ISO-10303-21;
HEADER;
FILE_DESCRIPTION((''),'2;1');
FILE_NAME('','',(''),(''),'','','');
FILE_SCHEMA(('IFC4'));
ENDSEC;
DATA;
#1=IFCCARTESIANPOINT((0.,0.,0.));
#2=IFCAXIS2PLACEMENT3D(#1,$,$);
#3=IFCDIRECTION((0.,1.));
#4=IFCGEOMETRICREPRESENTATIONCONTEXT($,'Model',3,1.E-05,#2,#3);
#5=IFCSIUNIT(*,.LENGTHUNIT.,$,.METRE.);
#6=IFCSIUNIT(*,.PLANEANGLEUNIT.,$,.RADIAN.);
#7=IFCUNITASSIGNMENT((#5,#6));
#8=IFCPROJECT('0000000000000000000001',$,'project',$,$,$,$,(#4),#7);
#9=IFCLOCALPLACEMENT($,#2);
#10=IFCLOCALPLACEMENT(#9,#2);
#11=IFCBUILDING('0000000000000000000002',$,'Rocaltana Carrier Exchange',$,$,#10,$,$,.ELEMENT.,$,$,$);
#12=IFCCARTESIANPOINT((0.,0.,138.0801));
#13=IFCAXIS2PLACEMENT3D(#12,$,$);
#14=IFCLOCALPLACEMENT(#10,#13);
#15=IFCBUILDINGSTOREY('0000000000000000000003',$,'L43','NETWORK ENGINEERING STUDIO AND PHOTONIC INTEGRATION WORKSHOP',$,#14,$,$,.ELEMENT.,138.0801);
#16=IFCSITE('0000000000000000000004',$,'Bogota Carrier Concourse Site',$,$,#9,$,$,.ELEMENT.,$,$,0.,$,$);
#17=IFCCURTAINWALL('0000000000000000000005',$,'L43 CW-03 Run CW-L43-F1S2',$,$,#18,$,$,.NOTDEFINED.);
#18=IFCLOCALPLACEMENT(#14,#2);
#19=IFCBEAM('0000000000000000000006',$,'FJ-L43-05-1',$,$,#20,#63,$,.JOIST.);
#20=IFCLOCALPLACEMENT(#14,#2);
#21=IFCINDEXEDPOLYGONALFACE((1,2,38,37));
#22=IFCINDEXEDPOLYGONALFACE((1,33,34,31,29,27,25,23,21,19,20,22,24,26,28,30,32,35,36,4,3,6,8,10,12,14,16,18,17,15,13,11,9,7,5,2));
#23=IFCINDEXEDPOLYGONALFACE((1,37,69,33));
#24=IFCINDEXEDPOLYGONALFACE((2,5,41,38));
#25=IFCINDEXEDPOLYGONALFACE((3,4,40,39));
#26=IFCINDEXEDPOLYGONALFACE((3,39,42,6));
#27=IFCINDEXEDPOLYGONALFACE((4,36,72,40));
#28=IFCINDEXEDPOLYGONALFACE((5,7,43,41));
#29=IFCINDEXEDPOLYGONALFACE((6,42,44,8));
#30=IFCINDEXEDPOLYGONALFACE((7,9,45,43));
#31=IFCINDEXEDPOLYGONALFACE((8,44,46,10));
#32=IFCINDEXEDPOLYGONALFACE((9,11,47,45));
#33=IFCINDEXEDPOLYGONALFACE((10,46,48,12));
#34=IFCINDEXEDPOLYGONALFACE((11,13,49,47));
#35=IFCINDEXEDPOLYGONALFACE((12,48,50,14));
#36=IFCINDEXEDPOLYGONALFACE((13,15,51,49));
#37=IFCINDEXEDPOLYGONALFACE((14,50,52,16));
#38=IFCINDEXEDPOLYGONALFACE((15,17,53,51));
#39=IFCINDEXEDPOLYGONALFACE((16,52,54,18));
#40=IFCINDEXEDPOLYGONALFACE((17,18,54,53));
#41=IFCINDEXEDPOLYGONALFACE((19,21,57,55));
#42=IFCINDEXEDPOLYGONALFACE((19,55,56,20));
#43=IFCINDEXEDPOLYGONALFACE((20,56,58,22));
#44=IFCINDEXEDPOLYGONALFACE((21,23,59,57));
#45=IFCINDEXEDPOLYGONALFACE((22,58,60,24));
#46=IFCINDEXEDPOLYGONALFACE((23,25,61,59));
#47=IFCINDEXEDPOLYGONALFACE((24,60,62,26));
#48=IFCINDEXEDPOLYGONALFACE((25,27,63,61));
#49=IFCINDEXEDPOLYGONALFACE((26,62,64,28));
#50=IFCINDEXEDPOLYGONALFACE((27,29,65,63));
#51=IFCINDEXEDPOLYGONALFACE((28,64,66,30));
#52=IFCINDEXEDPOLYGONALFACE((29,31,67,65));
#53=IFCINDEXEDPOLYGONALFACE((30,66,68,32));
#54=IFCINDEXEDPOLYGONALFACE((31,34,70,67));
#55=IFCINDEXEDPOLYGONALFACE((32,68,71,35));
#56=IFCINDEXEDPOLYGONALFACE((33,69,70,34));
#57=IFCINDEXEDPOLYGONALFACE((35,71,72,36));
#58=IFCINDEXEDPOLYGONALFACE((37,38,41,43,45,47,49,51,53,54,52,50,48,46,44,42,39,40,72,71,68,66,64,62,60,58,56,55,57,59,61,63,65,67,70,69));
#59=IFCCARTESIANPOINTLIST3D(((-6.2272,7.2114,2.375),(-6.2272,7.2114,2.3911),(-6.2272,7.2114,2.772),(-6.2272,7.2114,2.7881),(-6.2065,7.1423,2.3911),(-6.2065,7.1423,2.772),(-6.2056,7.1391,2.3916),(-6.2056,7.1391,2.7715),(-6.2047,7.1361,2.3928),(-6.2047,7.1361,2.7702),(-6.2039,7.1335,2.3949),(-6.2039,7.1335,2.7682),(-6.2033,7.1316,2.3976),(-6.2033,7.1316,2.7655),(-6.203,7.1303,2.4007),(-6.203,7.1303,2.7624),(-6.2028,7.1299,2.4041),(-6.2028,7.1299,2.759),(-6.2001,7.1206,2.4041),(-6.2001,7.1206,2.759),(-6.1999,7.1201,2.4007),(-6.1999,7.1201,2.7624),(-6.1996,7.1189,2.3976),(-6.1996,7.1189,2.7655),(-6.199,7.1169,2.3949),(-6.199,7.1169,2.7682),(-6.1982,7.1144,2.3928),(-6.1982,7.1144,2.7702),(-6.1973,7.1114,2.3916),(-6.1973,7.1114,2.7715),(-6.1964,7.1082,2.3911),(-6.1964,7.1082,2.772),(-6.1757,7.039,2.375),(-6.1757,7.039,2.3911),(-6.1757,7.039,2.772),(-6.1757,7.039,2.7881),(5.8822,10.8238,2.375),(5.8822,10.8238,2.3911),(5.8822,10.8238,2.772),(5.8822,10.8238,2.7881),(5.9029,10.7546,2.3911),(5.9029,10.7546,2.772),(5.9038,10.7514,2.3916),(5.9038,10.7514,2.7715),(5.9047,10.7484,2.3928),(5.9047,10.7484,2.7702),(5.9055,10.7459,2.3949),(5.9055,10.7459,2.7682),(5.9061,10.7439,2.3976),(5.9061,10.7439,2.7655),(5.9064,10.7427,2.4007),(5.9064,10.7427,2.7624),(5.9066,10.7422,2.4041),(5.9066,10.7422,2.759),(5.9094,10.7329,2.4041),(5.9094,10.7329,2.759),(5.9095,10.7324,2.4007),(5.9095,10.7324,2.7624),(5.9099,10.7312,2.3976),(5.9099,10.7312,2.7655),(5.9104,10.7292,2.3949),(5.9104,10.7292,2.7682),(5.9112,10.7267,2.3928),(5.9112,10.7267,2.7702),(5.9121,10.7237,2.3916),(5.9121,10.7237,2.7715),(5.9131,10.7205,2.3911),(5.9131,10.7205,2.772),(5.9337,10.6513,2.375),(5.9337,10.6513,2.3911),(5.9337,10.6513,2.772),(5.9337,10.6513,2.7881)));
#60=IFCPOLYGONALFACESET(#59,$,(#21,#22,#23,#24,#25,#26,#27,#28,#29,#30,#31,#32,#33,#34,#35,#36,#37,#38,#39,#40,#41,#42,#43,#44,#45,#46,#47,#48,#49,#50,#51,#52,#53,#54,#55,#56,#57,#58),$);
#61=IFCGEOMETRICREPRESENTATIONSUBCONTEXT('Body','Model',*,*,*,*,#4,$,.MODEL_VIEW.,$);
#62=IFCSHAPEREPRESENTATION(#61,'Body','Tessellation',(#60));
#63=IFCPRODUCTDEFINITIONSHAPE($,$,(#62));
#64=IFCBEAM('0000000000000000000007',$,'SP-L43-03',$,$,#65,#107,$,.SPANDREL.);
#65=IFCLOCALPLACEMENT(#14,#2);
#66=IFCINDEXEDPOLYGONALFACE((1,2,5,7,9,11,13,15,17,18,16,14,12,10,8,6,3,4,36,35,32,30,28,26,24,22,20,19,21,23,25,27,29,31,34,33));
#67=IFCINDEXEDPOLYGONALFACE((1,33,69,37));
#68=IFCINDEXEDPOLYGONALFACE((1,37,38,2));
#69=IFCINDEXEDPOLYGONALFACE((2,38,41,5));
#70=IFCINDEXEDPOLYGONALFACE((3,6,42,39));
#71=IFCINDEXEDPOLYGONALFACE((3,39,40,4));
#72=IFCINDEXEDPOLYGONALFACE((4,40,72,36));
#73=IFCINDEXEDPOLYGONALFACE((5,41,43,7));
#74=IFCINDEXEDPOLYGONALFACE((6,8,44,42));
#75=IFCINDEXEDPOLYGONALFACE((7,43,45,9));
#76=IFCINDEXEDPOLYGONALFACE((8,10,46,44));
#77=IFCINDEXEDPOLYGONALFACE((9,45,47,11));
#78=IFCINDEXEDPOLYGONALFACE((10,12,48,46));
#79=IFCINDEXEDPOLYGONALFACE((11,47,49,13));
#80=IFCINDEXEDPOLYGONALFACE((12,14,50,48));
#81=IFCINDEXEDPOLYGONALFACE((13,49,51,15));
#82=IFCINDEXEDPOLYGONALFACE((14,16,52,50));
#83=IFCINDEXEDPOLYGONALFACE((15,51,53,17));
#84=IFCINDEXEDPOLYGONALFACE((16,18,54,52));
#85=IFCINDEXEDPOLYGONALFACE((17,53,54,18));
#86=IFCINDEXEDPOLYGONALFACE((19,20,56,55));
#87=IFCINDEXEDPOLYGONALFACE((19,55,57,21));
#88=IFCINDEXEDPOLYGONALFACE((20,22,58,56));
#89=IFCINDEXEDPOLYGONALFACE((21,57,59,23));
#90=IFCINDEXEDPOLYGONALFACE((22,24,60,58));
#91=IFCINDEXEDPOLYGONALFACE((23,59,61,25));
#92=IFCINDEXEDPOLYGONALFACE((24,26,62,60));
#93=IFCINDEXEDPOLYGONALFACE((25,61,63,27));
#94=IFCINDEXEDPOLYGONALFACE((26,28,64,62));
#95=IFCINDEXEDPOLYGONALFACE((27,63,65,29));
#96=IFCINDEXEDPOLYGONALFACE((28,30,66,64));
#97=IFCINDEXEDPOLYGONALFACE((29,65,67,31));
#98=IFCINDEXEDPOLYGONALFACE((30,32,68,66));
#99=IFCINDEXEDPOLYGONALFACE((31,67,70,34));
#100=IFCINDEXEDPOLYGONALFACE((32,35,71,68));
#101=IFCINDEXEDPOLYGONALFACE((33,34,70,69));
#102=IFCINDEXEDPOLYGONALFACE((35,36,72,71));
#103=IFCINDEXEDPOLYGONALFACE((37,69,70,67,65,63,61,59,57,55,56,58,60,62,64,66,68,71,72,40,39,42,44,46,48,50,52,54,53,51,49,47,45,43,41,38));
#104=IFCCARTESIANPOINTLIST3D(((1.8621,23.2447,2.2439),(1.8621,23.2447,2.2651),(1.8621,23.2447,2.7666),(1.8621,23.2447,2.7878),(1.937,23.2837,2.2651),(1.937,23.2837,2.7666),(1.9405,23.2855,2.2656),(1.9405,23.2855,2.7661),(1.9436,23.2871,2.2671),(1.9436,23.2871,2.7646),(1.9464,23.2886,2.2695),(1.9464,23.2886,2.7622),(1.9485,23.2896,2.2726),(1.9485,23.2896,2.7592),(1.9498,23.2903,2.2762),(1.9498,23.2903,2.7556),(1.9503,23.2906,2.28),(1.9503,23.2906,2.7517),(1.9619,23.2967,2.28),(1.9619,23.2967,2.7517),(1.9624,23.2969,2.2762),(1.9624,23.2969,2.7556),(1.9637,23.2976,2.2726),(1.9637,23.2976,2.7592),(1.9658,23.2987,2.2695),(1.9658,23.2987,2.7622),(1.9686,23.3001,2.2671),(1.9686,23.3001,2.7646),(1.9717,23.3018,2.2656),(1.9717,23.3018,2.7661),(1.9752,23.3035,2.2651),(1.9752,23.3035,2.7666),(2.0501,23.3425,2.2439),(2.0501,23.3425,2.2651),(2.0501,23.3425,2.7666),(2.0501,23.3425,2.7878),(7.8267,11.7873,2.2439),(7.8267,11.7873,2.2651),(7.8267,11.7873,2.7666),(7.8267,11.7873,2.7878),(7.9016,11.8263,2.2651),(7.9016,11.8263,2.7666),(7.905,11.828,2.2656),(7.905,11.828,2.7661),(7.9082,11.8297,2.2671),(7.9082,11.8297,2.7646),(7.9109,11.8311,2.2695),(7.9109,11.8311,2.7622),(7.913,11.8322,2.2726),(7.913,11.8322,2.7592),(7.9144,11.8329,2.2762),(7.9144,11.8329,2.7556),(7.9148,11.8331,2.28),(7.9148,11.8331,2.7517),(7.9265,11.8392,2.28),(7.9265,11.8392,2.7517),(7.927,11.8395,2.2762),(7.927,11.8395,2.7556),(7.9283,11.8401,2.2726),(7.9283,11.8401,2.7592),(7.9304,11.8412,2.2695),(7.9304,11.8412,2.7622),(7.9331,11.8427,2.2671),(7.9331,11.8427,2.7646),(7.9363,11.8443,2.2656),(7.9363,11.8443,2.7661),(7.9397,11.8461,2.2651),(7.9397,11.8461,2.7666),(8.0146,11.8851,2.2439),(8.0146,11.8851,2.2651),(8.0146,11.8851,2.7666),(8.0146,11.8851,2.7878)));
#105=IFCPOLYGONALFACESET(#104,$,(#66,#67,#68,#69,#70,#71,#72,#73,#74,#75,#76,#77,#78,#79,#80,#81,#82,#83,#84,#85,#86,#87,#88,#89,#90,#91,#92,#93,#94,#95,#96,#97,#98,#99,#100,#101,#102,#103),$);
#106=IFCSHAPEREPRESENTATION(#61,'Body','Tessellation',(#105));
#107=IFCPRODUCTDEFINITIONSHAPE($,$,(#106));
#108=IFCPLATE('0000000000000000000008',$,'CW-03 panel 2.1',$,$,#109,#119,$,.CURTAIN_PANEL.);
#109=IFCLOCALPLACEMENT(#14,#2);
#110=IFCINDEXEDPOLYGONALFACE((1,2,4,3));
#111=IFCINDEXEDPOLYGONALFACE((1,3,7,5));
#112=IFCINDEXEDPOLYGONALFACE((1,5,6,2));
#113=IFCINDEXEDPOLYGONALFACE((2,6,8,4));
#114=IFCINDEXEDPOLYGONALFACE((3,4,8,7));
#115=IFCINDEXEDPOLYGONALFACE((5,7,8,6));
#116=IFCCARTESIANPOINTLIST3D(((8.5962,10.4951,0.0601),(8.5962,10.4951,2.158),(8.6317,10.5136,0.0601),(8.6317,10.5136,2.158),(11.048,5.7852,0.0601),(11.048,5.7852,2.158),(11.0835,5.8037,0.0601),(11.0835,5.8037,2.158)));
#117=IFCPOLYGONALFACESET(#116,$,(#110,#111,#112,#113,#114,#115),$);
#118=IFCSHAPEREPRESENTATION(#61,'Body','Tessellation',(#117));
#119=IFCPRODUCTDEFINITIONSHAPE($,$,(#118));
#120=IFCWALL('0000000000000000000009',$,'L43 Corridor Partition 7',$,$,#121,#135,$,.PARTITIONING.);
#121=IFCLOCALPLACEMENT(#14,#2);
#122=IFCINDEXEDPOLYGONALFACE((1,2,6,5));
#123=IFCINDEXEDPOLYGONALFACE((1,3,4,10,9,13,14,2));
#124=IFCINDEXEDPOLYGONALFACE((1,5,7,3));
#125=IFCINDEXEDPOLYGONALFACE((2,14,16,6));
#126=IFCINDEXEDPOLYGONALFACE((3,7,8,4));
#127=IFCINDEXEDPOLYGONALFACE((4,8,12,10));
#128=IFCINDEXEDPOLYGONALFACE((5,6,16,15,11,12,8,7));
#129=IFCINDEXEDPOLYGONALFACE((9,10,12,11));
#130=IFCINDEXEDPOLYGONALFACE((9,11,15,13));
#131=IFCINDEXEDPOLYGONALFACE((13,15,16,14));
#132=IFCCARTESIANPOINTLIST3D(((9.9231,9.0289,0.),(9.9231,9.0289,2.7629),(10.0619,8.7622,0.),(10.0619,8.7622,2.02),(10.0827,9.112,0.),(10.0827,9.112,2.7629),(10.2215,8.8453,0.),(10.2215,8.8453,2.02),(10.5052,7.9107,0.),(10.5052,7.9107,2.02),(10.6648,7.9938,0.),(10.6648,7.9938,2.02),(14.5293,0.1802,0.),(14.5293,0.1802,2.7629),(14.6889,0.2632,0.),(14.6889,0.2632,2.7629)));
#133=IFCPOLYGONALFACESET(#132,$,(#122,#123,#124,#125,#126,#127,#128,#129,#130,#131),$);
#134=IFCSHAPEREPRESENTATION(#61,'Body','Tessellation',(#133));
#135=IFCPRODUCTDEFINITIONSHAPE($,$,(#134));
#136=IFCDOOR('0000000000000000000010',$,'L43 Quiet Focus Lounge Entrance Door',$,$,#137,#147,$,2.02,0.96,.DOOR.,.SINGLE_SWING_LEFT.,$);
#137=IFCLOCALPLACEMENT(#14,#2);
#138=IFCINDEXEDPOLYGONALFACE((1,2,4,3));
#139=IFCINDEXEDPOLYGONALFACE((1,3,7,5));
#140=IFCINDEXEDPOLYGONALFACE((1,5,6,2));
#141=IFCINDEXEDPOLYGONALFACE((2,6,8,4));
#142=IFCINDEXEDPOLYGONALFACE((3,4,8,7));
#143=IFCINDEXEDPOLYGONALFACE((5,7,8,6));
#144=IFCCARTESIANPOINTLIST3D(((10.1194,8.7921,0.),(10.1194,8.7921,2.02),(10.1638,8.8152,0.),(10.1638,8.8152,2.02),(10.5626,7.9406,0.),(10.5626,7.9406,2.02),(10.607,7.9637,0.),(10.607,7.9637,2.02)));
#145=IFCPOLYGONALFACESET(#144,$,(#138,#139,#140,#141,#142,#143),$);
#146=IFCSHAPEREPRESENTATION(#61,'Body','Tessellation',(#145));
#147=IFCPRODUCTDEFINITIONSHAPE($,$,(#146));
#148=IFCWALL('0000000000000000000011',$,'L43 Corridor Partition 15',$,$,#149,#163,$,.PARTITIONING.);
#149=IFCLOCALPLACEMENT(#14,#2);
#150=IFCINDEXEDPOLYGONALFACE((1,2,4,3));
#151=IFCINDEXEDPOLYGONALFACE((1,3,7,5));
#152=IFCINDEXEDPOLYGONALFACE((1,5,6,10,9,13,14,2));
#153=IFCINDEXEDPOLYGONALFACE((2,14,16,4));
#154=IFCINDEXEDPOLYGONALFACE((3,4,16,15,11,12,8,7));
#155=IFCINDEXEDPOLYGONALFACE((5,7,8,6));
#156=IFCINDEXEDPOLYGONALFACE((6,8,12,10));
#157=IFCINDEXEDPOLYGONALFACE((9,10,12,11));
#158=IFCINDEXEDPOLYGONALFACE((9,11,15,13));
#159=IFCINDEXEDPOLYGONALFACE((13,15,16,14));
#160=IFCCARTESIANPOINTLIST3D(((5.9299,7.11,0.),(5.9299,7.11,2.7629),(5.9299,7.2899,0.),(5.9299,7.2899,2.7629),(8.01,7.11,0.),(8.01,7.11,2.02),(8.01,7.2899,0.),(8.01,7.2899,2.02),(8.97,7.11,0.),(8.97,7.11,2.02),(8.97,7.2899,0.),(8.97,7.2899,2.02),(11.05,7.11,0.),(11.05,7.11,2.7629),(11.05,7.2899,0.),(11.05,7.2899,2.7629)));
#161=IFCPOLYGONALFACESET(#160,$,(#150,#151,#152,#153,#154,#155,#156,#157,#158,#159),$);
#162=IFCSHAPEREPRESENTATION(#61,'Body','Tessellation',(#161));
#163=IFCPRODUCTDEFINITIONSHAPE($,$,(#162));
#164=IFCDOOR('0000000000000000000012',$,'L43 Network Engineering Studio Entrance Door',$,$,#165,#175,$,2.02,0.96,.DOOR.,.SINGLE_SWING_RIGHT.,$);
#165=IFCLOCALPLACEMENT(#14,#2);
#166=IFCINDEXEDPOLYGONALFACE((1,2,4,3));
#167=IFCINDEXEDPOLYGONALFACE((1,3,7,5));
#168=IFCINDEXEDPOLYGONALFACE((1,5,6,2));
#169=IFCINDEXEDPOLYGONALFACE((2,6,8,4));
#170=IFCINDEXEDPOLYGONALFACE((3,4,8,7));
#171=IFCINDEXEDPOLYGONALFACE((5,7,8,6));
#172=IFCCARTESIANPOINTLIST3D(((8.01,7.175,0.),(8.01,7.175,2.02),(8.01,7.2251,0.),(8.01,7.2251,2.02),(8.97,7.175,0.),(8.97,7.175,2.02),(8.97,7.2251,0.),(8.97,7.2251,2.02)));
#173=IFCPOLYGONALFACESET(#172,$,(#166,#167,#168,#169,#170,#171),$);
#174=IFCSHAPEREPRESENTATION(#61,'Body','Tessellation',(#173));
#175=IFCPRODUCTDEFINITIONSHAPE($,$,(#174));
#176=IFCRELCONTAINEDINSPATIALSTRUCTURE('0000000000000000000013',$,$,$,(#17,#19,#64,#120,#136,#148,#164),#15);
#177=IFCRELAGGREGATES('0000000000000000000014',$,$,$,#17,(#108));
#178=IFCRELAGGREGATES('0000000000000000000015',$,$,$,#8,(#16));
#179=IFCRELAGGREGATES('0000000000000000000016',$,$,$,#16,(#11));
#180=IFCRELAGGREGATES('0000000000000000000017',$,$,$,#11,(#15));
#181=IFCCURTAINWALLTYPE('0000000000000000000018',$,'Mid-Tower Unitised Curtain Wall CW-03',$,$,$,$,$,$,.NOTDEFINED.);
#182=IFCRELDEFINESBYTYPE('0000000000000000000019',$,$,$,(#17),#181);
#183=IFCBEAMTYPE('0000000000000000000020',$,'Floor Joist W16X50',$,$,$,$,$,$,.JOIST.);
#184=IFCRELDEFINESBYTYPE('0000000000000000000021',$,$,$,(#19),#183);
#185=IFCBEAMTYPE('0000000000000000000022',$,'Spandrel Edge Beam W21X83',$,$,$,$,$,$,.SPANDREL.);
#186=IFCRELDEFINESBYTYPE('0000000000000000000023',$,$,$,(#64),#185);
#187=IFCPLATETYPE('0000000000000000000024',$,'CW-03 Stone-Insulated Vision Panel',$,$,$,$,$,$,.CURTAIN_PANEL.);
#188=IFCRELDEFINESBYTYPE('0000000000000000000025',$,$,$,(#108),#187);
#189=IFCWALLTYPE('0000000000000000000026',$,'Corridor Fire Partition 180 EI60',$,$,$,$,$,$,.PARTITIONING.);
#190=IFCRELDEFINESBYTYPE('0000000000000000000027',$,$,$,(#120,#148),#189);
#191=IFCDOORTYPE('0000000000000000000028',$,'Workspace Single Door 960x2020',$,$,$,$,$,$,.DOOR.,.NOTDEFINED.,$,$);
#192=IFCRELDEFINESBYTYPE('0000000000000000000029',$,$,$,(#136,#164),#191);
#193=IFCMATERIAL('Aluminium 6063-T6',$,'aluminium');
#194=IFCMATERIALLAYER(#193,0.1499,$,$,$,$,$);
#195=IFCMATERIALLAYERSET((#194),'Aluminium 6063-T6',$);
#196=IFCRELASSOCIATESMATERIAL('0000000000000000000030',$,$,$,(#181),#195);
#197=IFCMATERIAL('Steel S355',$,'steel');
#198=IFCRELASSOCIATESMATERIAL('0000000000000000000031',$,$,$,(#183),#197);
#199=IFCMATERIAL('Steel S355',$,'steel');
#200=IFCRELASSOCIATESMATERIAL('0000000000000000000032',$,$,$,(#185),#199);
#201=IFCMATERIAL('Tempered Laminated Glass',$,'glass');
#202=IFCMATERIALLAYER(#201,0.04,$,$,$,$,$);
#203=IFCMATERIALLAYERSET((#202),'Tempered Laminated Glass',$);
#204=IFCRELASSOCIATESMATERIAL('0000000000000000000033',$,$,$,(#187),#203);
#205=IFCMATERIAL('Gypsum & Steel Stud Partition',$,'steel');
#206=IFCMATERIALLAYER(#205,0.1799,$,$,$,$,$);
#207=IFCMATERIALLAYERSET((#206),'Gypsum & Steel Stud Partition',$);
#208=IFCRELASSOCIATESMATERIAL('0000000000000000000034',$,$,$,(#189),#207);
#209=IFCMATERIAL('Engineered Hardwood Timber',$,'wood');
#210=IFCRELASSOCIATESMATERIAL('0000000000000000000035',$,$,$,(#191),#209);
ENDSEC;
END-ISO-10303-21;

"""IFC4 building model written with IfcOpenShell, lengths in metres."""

from ifc_helpers import new_model, si_unit, direction, frame, frame_2d, origin, origin_2d, place, context, subcontext, project, spatial, rectangle, i_section, extrude, material, layer, layer_set, material_profile, profile_set, type_object, element, fill, aggregate, save


model = new_model("IFC4")

# Units and contexts
model_context = context("Model", 3, precision=1e-05, world=origin(), true_north=direction((0.0, 1.0)))
body_context = subcontext(model_context, "Body", "Model", "MODEL_VIEW")
ifc_project = project(units=[si_unit("LENGTHUNIT", "METRE"), si_unit("PLANEANGLEUNIT", "RADIAN")], contexts=[model_context])

# Site, building, storey
site_placement = place(None, origin())
site = spatial("IfcSite", under=ifc_project, at=site_placement, Name="Bogota Carrier Concourse Site", CompositionType="ELEMENT", RefElevation=0.0)
building_placement = place(site_placement, origin())
building = spatial("IfcBuilding", under=site, at=building_placement, Name="Rocaltana Carrier Exchange", CompositionType="ELEMENT")
storey_placement = place(building_placement, frame((0.0, 0.0, 138.0801)))
storey = spatial("IfcBuildingStorey", under=building, at=storey_placement, Name="L43", Description="NETWORK ENGINEERING STUDIO AND PHOTONIC INTEGRATION WORKSHOP", CompositionType="ELEMENT", Elevation=138.0801)

# Curtain wall
ifc_material_1 = material(Name="Aluminium 6063-T6", Category="aluminium")
ifc_layer_1 = layer(ifc_material_1, 0.1499)
ifc_layer_set_1 = layer_set([ifc_layer_1], Name="Aluminium 6063-T6")
curtain_wall_type = type_object("IfcCurtainWallType", Name="Mid-Tower Unitised Curtain Wall CW-03", PredefinedType="NOTDEFINED", material=ifc_layer_set_1)
curtain_wall_placement = place(storey_placement, origin())
curtain_wall = element("IfcCurtainWall", 1, at=curtain_wall_placement, inside=storey, type_object=curtain_wall_type, Name="L43 CW-03 Run CW-L43-F1S2", PredefinedType="NOTDEFINED")

# Beams
ifc_material_2 = material(Name="Steel S355", Category="steel")
ifc_material_profile_1 = material_profile(ifc_material_2, i_section(OverallWidth=0.1799, OverallDepth=0.4131, WebThickness=0.0098, FlangeThickness=0.0161, FilletRadius=0.0129, at=origin_2d()), Name="W16X50")
ifc_profile_set_1 = profile_set([ifc_material_profile_1], Name="Steel S355")
beam_type_1 = type_object("IfcBeamType", Name="Floor Joist W16X50", PredefinedType="JOIST", material=ifc_profile_set_1)
beam_1_placement = place(storey_placement, frame((5.908, 10.7375, 2.5815), z_axis=(-0.958272, -0.285859, 0.0), x_axis=(0.285859, -0.958272, 0.0)))
element("IfcBeam", 2, at=beam_1_placement, inside=storey, type_object=beam_type_1, Name="FJ-L43-05-1", PredefinedType="JOIST", context=body_context, shape_type="SweptSolid", body=[
    extrude(i_section(OverallWidth=0.1799, OverallDepth=0.4131, WebThickness=0.0098, FlangeThickness=0.0161, FilletRadius=0.0129, at=origin_2d()), origin(), (0.0, 0.0, 1.0), 12.6367),
])
ifc_material_3 = material(Name="Steel S355", Category="steel")
ifc_material_profile_2 = material_profile(ifc_material_3, i_section(OverallWidth=0.2119, OverallDepth=0.5439, WebThickness=0.0132, FlangeThickness=0.0212, FilletRadius=0.0149, at=origin_2d()), Name="W21X83")
ifc_profile_set_2 = profile_set([ifc_material_profile_2], Name="Steel S355")
beam_type_2 = type_object("IfcBeamType", Name="Spandrel Edge Beam W21X83", PredefinedType="SPANDREL", material=ifc_profile_set_2)
beam_2_placement = place(storey_placement, frame((7.9207, 11.8362, 2.5159), z_axis=(-0.46176, 0.887005, 0.0), x_axis=(-0.887005, -0.46176, 0.0)))
element("IfcBeam", 3, at=beam_2_placement, inside=storey, type_object=beam_type_2, Name="SP-L43-03", PredefinedType="SPANDREL", context=body_context, shape_type="SweptSolid", body=[
    extrude(i_section(OverallWidth=0.2119, OverallDepth=0.5439, WebThickness=0.0132, FlangeThickness=0.0212, FilletRadius=0.0149, at=origin_2d()), origin(), (0.0, 0.0, 1.0), 12.917),
])

# Plate
ifc_material_4 = material(Name="Tempered Laminated Glass", Category="glass")
ifc_layer_2 = layer(ifc_material_4, 0.04)
ifc_layer_set_2 = layer_set([ifc_layer_2], Name="Tempered Laminated Glass")
plate_type = type_object("IfcPlateType", Name="CW-03 Stone-Insulated Vision Panel", PredefinedType="CURTAIN_PANEL", material=ifc_layer_set_2)
plate_placement = place(storey_placement, frame((9.8398, 8.1494, 0.0601), z_axis=(0.0, 0.0, 1.0), x_axis=(-0.461747, 0.887012, 0.0)))
plate = element("IfcPlate", 4, at=plate_placement, type_object=plate_type, Name="CW-03 panel 2.1", PredefinedType="CURTAIN_PANEL", context=body_context, shape_type="SweptSolid", body=[
    extrude(rectangle(XDim=5.3098, YDim=0.04, at=origin_2d()), origin(), (0.0, 0.0, 1.0), 2.0979),
])
aggregate(curtain_wall, [plate])

# Walls, openings, doors
ifc_material_5 = material(Name="Gypsum & Steel Stud Partition", Category="steel")
ifc_layer_3 = layer(ifc_material_5, 0.1799)
ifc_layer_set_3 = layer_set([ifc_layer_3], Name="Gypsum & Steel Stud Partition")
wall_type_1 = type_object("IfcWallType", Name="Corridor Fire Partition 180 EI60", PredefinedType="PARTITIONING", material=ifc_layer_set_3)
wall_1_placement = place(storey_placement, frame((10.0029, 9.0703, 0.0), z_axis=(0.0, 0.0, 1.0), x_axis=(0.46174, -0.887015, 0.0)))
wall_1 = element("IfcWall", 5, at=wall_1_placement, inside=storey, type_object=wall_type_1, Name="L43 Corridor Partition 7", PredefinedType="PARTITIONING", context=body_context, shape_type="SweptSolid", body=[
    extrude(rectangle(XDim=9.9758, YDim=0.1799, at=frame_2d((4.9878, 0.0))), origin(), (0.0, 0.0, 1.0), 2.7629),
])
opening_1_placement = place(wall_1_placement, frame((0.3005, 0.0, 0.0)))
opening_1 = element("IfcOpeningElement", 6, at=opening_1_placement, cuts=wall_1, PredefinedType="OPENING", context=body_context, shape_type="SweptSolid", body=[
    extrude(rectangle(XDim=0.96, YDim=2.02, at=frame_2d((0.48, 1.01))), frame((0.0, 0.0999, 0.0), z_axis=(0.0, -1.0, 0.0), x_axis=(1.0, 0.0, 0.0)), (0.0, 0.0, 1.0), 0.2),
])
ifc_material_6 = material(Name="Engineered Hardwood Timber", Category="wood")
door_type_1 = type_object("IfcDoorType", Name="Workspace Single Door 960x2020", OperationType="NOTDEFINED", PredefinedType="DOOR", material=ifc_material_6)
door_1_placement = place(opening_1_placement, origin())
door_1 = element("IfcDoor", 7, at=door_1_placement, inside=storey, type_object=door_type_1, Name="L43 Quiet Focus Lounge Entrance Door", OperationType="SINGLE_SWING_LEFT", OverallHeight=2.02, OverallWidth=0.96, PredefinedType="DOOR", context=body_context, shape_type="SweptSolid", body=[
    extrude(rectangle(XDim=0.96, YDim=2.02, at=frame_2d((0.48, 1.01))), frame((0.0, 0.0249, 0.0), z_axis=(0.0, -1.0, 0.0), x_axis=(1.0, 0.0, 0.0)), (0.0, 0.0, 1.0), 0.05),
])
fill(opening_1, door_1)
wall_2_placement = place(storey_placement, frame((11.05, 7.2, 0.0), z_axis=(0.0, 0.0, 1.0), x_axis=(-1.0, 0.0, 0.0)))
wall_2 = element("IfcWall", 8, at=wall_2_placement, inside=storey, type_object=wall_type_1, Name="L43 Corridor Partition 15", PredefinedType="PARTITIONING", context=body_context, shape_type="SweptSolid", body=[
    extrude(rectangle(XDim=5.1201, YDim=0.1799, at=frame_2d((2.5601, 0.0))), origin(), (0.0, 0.0, 1.0), 2.7629),
])
opening_2_placement = place(wall_2_placement, frame((2.0801, 0.0, 0.0)))
opening_2 = element("IfcOpeningElement", 9, at=opening_2_placement, cuts=wall_2, PredefinedType="OPENING", context=body_context, shape_type="SweptSolid", body=[
    extrude(rectangle(XDim=0.96, YDim=2.02, at=frame_2d((0.48, 1.01))), frame((0.0, 0.0999, 0.0), z_axis=(0.0, -1.0, 0.0), x_axis=(1.0, 0.0, 0.0)), (0.0, 0.0, 1.0), 0.2),
])
door_2_placement = place(opening_2_placement, origin())
door_2 = element("IfcDoor", 10, at=door_2_placement, inside=storey, type_object=door_type_1, Name="L43 Network Engineering Studio Entrance Door", OperationType="SINGLE_SWING_RIGHT", OverallHeight=2.02, OverallWidth=0.96, PredefinedType="DOOR", context=body_context, shape_type="SweptSolid", body=[
    extrude(rectangle(XDim=0.96, YDim=2.02, at=frame_2d((0.48, 1.01))), frame((0.0, 0.0249, 0.0), z_axis=(0.0, -1.0, 0.0), x_axis=(1.0, 0.0, 0.0)), (0.0, 0.0, 1.0), 0.05),
])
fill(opening_2, door_2)

save(model, "model.ifc")
